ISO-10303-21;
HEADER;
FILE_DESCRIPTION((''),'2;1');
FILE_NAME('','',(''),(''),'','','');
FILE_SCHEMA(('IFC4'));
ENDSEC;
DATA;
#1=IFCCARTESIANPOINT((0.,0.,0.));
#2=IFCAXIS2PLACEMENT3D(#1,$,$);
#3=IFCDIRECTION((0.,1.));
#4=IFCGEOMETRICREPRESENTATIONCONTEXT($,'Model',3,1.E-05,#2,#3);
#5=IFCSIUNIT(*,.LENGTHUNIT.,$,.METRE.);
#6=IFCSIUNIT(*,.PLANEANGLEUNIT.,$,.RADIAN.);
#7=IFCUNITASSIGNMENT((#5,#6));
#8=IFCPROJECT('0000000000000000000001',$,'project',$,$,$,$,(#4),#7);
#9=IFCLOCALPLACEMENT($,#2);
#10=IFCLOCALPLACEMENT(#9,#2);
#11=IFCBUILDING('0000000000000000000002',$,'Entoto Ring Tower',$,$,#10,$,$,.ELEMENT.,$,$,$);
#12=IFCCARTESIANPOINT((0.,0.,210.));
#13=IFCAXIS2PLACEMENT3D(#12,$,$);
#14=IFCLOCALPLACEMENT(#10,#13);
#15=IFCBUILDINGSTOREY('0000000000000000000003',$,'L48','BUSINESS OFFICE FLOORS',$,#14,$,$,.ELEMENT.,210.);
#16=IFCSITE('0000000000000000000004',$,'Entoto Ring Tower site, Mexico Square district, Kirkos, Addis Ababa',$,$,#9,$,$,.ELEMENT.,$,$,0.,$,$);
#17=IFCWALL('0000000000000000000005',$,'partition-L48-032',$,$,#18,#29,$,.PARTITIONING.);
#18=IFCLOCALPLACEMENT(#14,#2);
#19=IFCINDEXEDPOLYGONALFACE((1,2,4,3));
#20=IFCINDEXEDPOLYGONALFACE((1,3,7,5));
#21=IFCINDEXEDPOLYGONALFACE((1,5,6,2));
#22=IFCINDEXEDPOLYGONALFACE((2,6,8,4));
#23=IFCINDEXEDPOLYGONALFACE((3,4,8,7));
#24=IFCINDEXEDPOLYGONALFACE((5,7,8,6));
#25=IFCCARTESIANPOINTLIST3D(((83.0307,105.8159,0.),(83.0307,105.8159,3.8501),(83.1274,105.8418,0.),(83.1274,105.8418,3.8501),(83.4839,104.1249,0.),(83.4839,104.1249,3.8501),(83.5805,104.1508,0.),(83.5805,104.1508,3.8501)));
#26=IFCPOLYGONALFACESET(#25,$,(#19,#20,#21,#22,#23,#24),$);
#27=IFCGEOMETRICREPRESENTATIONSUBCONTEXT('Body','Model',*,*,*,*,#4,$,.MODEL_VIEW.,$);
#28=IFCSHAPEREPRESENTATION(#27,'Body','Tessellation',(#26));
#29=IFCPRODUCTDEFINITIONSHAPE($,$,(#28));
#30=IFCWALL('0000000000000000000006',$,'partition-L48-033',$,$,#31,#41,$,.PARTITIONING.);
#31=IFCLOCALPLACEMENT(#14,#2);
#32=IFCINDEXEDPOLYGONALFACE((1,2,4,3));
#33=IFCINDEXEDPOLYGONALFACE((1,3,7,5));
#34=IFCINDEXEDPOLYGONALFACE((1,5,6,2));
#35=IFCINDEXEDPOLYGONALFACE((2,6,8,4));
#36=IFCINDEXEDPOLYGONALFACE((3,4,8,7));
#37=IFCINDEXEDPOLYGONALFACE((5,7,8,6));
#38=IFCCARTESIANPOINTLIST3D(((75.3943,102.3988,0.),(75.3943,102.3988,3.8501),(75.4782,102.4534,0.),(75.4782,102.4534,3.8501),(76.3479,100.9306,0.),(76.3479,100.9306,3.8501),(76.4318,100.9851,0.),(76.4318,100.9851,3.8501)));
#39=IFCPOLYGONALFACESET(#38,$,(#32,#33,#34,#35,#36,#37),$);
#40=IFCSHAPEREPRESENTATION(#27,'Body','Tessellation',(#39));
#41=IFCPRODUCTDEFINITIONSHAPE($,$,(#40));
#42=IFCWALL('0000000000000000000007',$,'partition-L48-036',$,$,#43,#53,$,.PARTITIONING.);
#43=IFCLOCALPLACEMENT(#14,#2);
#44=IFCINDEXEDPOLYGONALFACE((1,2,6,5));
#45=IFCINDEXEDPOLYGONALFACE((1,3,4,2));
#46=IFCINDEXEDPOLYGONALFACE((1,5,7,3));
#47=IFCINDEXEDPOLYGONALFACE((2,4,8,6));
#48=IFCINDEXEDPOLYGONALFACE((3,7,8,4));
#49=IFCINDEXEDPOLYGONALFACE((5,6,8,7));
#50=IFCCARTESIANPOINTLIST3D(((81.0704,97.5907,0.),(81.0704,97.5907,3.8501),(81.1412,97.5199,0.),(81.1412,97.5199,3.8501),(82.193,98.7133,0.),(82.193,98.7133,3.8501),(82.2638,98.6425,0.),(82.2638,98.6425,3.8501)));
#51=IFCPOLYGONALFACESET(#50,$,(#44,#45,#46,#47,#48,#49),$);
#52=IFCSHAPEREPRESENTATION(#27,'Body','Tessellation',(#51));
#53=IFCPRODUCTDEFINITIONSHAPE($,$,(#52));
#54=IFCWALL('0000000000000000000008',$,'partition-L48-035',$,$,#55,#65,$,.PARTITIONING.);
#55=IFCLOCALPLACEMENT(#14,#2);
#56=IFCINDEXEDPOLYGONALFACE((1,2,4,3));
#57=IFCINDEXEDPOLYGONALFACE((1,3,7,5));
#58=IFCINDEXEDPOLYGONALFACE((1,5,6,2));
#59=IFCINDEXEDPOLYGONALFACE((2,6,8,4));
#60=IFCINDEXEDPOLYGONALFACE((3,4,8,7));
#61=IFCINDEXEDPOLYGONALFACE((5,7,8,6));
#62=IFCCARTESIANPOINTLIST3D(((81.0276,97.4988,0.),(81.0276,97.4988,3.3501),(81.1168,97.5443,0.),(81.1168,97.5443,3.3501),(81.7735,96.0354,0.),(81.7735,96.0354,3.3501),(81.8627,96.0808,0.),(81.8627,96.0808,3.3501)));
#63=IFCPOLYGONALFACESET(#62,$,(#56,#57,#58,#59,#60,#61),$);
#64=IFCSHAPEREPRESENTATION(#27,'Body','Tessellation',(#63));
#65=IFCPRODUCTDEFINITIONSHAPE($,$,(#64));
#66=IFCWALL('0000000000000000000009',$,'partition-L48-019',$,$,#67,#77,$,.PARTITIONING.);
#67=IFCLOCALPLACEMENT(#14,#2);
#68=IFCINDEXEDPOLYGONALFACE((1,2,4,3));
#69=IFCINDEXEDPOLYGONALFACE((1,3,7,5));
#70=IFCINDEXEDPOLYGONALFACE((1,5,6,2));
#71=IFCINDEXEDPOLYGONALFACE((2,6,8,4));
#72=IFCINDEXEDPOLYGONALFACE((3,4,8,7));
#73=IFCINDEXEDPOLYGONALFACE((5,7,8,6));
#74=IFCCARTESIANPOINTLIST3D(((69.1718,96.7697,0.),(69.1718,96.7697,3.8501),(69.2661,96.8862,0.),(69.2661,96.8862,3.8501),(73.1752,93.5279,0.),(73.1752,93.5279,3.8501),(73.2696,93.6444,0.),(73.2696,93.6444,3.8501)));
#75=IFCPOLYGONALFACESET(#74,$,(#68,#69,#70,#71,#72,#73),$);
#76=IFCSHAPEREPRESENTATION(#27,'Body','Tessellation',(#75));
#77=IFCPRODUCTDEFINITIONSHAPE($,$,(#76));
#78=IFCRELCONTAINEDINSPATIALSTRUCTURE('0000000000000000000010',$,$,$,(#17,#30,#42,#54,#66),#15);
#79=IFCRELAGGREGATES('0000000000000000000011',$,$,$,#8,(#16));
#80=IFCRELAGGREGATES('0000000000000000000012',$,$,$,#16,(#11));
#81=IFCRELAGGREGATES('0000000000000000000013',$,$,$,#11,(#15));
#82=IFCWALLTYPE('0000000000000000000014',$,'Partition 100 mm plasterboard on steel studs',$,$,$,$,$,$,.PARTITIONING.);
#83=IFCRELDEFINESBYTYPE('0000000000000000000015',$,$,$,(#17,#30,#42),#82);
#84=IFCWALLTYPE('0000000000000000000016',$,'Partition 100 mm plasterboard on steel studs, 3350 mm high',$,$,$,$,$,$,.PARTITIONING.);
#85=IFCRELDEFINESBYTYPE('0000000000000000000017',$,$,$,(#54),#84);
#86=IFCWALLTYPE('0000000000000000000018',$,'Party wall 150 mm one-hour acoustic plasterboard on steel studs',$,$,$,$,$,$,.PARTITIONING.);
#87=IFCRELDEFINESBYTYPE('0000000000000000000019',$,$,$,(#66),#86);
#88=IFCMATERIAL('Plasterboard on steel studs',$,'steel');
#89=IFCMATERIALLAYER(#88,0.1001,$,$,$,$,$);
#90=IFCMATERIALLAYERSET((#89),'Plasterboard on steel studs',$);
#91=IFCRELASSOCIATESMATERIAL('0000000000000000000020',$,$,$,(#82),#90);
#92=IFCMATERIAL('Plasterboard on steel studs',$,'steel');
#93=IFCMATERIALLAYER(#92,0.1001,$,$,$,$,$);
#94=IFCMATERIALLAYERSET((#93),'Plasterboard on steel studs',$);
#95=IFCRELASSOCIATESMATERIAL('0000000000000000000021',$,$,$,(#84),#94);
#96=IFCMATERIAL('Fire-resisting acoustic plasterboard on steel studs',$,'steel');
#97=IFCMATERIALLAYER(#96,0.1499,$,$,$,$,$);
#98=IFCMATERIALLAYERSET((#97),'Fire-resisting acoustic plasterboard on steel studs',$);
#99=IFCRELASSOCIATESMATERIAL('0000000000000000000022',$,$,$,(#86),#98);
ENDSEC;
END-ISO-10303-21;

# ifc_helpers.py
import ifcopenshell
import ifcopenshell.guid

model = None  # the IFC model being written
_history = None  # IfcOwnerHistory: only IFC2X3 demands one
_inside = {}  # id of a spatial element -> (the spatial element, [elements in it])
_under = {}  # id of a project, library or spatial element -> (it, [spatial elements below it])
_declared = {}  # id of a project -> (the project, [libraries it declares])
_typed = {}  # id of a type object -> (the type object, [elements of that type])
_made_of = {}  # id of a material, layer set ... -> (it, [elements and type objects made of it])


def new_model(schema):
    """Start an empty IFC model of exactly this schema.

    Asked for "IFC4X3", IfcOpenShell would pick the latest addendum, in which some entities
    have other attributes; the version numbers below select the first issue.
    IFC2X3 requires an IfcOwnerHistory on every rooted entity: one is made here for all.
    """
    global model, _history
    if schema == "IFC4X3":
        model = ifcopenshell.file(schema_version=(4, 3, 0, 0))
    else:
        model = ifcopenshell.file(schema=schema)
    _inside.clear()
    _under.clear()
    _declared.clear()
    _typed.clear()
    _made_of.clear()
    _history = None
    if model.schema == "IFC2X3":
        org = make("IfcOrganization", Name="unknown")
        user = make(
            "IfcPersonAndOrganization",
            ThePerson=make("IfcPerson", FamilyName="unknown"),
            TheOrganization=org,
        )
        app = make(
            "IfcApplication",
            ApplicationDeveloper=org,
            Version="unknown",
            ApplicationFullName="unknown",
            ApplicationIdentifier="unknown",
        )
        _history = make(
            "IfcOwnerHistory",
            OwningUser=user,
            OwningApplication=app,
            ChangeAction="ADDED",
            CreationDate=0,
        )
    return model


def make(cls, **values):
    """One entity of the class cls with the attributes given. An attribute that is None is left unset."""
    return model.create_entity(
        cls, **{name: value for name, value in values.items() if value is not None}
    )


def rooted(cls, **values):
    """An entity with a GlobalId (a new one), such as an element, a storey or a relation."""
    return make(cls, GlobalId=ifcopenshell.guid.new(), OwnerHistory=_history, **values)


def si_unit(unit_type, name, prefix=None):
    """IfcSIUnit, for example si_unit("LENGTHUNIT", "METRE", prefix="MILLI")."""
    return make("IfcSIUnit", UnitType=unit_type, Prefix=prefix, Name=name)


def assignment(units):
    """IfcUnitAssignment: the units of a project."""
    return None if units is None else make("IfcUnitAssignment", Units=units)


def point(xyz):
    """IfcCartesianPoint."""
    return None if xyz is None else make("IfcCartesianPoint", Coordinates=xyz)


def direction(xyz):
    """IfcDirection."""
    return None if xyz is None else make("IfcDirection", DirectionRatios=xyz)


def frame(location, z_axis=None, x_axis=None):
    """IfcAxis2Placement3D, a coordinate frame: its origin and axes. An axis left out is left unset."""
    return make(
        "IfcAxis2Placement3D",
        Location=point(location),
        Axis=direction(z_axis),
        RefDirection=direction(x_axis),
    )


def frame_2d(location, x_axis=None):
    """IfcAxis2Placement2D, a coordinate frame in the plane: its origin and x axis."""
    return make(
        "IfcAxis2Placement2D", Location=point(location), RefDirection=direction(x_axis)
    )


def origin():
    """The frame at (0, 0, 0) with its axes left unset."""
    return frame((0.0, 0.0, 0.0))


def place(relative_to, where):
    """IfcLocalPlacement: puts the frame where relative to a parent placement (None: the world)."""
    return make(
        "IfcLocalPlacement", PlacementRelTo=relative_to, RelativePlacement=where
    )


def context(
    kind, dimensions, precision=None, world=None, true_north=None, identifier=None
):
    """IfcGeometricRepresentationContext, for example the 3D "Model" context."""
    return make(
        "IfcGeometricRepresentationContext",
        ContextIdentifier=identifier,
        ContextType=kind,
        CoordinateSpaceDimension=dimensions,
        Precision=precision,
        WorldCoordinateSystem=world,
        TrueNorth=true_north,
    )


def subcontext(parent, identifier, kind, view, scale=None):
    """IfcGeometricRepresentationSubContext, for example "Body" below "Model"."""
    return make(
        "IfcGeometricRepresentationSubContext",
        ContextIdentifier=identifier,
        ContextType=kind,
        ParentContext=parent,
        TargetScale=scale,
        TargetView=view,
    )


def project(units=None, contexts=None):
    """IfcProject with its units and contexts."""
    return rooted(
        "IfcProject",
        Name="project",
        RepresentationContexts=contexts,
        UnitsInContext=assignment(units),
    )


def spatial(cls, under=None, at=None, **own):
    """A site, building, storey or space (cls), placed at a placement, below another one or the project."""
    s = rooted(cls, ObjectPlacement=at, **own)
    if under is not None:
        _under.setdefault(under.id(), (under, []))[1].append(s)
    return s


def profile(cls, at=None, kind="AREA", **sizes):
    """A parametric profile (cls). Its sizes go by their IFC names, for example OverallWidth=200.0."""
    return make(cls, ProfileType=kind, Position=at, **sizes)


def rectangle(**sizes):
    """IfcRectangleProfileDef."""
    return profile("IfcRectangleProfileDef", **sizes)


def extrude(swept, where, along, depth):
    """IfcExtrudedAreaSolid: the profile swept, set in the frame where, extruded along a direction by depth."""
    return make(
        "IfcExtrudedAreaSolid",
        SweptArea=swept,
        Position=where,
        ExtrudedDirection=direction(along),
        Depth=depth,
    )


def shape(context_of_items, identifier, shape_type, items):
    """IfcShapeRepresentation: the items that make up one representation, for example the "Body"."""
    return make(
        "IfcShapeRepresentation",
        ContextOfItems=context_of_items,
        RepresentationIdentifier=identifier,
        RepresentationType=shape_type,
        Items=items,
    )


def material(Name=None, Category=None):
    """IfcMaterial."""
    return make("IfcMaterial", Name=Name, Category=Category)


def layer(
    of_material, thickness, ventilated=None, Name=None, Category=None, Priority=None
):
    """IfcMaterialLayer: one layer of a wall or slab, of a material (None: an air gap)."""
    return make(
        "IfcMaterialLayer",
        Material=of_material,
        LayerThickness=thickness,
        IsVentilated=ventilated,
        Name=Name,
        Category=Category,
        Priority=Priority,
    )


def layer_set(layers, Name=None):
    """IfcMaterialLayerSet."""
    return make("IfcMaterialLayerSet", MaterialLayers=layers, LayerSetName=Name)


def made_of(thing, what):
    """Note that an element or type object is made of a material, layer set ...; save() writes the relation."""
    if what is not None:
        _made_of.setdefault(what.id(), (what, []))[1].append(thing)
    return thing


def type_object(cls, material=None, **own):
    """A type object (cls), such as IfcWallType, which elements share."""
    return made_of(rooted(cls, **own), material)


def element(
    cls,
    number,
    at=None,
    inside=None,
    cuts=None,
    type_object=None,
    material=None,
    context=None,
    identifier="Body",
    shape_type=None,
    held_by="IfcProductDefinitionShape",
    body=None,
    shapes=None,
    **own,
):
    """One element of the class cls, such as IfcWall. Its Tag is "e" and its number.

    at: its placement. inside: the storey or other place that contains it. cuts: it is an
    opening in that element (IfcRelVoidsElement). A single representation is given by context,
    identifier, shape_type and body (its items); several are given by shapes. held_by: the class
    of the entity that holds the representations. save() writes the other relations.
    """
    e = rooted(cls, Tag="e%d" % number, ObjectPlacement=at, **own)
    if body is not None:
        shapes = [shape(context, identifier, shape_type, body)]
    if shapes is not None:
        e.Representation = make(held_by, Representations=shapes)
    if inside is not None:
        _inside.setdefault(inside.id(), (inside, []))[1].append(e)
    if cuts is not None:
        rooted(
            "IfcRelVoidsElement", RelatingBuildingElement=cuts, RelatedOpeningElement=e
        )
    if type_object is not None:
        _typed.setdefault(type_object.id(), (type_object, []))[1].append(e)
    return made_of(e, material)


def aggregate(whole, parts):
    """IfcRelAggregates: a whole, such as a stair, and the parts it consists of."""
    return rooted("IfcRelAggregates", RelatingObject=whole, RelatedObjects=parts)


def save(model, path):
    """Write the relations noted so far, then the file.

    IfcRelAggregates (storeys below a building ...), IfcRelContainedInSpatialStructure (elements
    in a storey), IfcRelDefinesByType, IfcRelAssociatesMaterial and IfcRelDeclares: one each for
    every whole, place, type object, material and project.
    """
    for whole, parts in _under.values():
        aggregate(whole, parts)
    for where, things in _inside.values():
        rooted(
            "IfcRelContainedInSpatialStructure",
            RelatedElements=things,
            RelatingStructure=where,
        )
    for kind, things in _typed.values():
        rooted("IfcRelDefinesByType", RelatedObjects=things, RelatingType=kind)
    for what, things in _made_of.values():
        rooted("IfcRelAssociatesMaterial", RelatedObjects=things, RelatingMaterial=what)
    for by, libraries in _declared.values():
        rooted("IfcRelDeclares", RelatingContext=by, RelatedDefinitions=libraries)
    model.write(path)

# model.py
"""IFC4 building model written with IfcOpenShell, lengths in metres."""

from ifc_helpers import new_model, si_unit, direction, frame, frame_2d, origin, place, context, subcontext, project, spatial, rectangle, extrude, material, layer, layer_set, type_object, element, save


model = new_model("IFC4")

# Units and contexts
model_context = context("Model", 3, precision=1e-05, world=origin(), true_north=direction((0.0, 1.0)))
body_context = subcontext(model_context, "Body", "Model", "MODEL_VIEW")
ifc_project = project(units=[si_unit("LENGTHUNIT", "METRE"), si_unit("PLANEANGLEUNIT", "RADIAN")], contexts=[model_context])

# Site, building, storey
site_placement = place(None, origin())
site = spatial("IfcSite", under=ifc_project, at=site_placement, Name="Entoto Ring Tower site, Mexico Square district, Kirkos, Addis Ababa", CompositionType="ELEMENT", RefElevation=0.0)
building_placement = place(site_placement, origin())
building = spatial("IfcBuilding", under=site, at=building_placement, Name="Entoto Ring Tower", CompositionType="ELEMENT")
storey_placement = place(building_placement, frame((0.0, 0.0, 210.0)))
storey = spatial("IfcBuildingStorey", under=building, at=storey_placement, Name="L48", Description="BUSINESS OFFICE FLOORS", CompositionType="ELEMENT", Elevation=210.0)

# Shared definitions
ifc_material_1 = material(Name="Plasterboard on steel studs", Category="steel")
ifc_layer_1 = layer(ifc_material_1, 0.1001)
ifc_layer_set_1 = layer_set([ifc_layer_1], Name="Plasterboard on steel studs")
wall_type_1 = type_object("IfcWallType", Name="Partition 100 mm plasterboard on steel studs", PredefinedType="PARTITIONING", material=ifc_layer_set_1)

# Walls
for number, where, z_axis, x_axis, name in (
    (1, (83.5322, 104.1377, 0.0), (0.0, 0.0, 1.0), (-0.258808, 0.965929, 0.0), "partition-L48-032"),
    (2, (76.3899, 100.9578, 0.0), (0.0, 0.0, 1.0), (-0.544684, 0.838641, 0.0), "partition-L48-033"),
):
    element("IfcWall", number, at=place(storey_placement, frame(where, z_axis=z_axis, x_axis=x_axis)), inside=storey, type_object=wall_type_1, Name=name, PredefinedType="PARTITIONING", context=body_context, shape_type="SweptSolid", body=[
        extrude(rectangle(XDim=1.7507, YDim=0.1001, at=frame_2d((0.8755, 0.0))), origin(), (0.0, 0.0, 1.0), 3.8501),
    ])
wall_1_placement = place(storey_placement, frame((81.1057, 97.5552, 0.0), z_axis=(0.0, 0.0, 1.0), x_axis=(0.707107, 0.707107, 0.0)))
element("IfcWall", 3, at=wall_1_placement, inside=storey, type_object=wall_type_1, Name="partition-L48-036", PredefinedType="PARTITIONING", context=body_context, shape_type="SweptSolid", body=[
    extrude(rectangle(XDim=1.5876, YDim=0.1001, at=frame_2d((0.7939, 0.0))), origin(), (0.0, 0.0, 1.0), 3.8501),
])
ifc_material_2 = material(Name="Plasterboard on steel studs", Category="steel")
ifc_layer_2 = layer(ifc_material_2, 0.1001)
ifc_layer_set_2 = layer_set([ifc_layer_2], Name="Plasterboard on steel studs")
wall_type_2 = type_object("IfcWallType", Name="Partition 100 mm plasterboard on steel studs, 3350 mm high", PredefinedType="PARTITIONING", material=ifc_layer_set_2)
wall_2_placement = place(storey_placement, frame((81.8181, 96.0581, 0.0), z_axis=(0.0, 0.0, 1.0), x_axis=(-0.454097, 0.890952, 0.0)))
element("IfcWall", 4, at=wall_2_placement, inside=storey, type_object=wall_type_2, Name="partition-L48-035", PredefinedType="PARTITIONING", context=body_context, shape_type="SweptSolid", body=[
    extrude(rectangle(XDim=1.6426, YDim=0.1001, at=frame_2d((0.8213, 0.0))), origin(), (0.0, 0.0, 1.0), 3.3501),
])
ifc_material_3 = material(Name="Fire-resisting acoustic plasterboard on steel studs", Category="steel")
ifc_layer_3 = layer(ifc_material_3, 0.1499)
ifc_layer_set_3 = layer_set([ifc_layer_3], Name="Fire-resisting acoustic plasterboard on steel studs")
wall_type_3 = type_object("IfcWallType", Name="Party wall 150 mm one-hour acoustic plasterboard on steel studs", PredefinedType="PARTITIONING", material=ifc_layer_set_3)
wall_3_placement = place(storey_placement, frame((73.2224, 93.5862, 0.0), z_axis=(0.0, 0.0, 1.0), x_axis=(-0.777165, 0.629296, 0.0)))
element("IfcWall", 5, at=wall_3_placement, inside=storey, type_object=wall_type_3, Name="partition-L48-019", PredefinedType="PARTITIONING", context=body_context, shape_type="SweptSolid", body=[
    extrude(rectangle(XDim=5.1514, YDim=0.1499, at=frame_2d((2.5757, 0.0))), origin(), (0.0, 0.0, 1.0), 3.8501),
])

save(model, "model.ifc")
